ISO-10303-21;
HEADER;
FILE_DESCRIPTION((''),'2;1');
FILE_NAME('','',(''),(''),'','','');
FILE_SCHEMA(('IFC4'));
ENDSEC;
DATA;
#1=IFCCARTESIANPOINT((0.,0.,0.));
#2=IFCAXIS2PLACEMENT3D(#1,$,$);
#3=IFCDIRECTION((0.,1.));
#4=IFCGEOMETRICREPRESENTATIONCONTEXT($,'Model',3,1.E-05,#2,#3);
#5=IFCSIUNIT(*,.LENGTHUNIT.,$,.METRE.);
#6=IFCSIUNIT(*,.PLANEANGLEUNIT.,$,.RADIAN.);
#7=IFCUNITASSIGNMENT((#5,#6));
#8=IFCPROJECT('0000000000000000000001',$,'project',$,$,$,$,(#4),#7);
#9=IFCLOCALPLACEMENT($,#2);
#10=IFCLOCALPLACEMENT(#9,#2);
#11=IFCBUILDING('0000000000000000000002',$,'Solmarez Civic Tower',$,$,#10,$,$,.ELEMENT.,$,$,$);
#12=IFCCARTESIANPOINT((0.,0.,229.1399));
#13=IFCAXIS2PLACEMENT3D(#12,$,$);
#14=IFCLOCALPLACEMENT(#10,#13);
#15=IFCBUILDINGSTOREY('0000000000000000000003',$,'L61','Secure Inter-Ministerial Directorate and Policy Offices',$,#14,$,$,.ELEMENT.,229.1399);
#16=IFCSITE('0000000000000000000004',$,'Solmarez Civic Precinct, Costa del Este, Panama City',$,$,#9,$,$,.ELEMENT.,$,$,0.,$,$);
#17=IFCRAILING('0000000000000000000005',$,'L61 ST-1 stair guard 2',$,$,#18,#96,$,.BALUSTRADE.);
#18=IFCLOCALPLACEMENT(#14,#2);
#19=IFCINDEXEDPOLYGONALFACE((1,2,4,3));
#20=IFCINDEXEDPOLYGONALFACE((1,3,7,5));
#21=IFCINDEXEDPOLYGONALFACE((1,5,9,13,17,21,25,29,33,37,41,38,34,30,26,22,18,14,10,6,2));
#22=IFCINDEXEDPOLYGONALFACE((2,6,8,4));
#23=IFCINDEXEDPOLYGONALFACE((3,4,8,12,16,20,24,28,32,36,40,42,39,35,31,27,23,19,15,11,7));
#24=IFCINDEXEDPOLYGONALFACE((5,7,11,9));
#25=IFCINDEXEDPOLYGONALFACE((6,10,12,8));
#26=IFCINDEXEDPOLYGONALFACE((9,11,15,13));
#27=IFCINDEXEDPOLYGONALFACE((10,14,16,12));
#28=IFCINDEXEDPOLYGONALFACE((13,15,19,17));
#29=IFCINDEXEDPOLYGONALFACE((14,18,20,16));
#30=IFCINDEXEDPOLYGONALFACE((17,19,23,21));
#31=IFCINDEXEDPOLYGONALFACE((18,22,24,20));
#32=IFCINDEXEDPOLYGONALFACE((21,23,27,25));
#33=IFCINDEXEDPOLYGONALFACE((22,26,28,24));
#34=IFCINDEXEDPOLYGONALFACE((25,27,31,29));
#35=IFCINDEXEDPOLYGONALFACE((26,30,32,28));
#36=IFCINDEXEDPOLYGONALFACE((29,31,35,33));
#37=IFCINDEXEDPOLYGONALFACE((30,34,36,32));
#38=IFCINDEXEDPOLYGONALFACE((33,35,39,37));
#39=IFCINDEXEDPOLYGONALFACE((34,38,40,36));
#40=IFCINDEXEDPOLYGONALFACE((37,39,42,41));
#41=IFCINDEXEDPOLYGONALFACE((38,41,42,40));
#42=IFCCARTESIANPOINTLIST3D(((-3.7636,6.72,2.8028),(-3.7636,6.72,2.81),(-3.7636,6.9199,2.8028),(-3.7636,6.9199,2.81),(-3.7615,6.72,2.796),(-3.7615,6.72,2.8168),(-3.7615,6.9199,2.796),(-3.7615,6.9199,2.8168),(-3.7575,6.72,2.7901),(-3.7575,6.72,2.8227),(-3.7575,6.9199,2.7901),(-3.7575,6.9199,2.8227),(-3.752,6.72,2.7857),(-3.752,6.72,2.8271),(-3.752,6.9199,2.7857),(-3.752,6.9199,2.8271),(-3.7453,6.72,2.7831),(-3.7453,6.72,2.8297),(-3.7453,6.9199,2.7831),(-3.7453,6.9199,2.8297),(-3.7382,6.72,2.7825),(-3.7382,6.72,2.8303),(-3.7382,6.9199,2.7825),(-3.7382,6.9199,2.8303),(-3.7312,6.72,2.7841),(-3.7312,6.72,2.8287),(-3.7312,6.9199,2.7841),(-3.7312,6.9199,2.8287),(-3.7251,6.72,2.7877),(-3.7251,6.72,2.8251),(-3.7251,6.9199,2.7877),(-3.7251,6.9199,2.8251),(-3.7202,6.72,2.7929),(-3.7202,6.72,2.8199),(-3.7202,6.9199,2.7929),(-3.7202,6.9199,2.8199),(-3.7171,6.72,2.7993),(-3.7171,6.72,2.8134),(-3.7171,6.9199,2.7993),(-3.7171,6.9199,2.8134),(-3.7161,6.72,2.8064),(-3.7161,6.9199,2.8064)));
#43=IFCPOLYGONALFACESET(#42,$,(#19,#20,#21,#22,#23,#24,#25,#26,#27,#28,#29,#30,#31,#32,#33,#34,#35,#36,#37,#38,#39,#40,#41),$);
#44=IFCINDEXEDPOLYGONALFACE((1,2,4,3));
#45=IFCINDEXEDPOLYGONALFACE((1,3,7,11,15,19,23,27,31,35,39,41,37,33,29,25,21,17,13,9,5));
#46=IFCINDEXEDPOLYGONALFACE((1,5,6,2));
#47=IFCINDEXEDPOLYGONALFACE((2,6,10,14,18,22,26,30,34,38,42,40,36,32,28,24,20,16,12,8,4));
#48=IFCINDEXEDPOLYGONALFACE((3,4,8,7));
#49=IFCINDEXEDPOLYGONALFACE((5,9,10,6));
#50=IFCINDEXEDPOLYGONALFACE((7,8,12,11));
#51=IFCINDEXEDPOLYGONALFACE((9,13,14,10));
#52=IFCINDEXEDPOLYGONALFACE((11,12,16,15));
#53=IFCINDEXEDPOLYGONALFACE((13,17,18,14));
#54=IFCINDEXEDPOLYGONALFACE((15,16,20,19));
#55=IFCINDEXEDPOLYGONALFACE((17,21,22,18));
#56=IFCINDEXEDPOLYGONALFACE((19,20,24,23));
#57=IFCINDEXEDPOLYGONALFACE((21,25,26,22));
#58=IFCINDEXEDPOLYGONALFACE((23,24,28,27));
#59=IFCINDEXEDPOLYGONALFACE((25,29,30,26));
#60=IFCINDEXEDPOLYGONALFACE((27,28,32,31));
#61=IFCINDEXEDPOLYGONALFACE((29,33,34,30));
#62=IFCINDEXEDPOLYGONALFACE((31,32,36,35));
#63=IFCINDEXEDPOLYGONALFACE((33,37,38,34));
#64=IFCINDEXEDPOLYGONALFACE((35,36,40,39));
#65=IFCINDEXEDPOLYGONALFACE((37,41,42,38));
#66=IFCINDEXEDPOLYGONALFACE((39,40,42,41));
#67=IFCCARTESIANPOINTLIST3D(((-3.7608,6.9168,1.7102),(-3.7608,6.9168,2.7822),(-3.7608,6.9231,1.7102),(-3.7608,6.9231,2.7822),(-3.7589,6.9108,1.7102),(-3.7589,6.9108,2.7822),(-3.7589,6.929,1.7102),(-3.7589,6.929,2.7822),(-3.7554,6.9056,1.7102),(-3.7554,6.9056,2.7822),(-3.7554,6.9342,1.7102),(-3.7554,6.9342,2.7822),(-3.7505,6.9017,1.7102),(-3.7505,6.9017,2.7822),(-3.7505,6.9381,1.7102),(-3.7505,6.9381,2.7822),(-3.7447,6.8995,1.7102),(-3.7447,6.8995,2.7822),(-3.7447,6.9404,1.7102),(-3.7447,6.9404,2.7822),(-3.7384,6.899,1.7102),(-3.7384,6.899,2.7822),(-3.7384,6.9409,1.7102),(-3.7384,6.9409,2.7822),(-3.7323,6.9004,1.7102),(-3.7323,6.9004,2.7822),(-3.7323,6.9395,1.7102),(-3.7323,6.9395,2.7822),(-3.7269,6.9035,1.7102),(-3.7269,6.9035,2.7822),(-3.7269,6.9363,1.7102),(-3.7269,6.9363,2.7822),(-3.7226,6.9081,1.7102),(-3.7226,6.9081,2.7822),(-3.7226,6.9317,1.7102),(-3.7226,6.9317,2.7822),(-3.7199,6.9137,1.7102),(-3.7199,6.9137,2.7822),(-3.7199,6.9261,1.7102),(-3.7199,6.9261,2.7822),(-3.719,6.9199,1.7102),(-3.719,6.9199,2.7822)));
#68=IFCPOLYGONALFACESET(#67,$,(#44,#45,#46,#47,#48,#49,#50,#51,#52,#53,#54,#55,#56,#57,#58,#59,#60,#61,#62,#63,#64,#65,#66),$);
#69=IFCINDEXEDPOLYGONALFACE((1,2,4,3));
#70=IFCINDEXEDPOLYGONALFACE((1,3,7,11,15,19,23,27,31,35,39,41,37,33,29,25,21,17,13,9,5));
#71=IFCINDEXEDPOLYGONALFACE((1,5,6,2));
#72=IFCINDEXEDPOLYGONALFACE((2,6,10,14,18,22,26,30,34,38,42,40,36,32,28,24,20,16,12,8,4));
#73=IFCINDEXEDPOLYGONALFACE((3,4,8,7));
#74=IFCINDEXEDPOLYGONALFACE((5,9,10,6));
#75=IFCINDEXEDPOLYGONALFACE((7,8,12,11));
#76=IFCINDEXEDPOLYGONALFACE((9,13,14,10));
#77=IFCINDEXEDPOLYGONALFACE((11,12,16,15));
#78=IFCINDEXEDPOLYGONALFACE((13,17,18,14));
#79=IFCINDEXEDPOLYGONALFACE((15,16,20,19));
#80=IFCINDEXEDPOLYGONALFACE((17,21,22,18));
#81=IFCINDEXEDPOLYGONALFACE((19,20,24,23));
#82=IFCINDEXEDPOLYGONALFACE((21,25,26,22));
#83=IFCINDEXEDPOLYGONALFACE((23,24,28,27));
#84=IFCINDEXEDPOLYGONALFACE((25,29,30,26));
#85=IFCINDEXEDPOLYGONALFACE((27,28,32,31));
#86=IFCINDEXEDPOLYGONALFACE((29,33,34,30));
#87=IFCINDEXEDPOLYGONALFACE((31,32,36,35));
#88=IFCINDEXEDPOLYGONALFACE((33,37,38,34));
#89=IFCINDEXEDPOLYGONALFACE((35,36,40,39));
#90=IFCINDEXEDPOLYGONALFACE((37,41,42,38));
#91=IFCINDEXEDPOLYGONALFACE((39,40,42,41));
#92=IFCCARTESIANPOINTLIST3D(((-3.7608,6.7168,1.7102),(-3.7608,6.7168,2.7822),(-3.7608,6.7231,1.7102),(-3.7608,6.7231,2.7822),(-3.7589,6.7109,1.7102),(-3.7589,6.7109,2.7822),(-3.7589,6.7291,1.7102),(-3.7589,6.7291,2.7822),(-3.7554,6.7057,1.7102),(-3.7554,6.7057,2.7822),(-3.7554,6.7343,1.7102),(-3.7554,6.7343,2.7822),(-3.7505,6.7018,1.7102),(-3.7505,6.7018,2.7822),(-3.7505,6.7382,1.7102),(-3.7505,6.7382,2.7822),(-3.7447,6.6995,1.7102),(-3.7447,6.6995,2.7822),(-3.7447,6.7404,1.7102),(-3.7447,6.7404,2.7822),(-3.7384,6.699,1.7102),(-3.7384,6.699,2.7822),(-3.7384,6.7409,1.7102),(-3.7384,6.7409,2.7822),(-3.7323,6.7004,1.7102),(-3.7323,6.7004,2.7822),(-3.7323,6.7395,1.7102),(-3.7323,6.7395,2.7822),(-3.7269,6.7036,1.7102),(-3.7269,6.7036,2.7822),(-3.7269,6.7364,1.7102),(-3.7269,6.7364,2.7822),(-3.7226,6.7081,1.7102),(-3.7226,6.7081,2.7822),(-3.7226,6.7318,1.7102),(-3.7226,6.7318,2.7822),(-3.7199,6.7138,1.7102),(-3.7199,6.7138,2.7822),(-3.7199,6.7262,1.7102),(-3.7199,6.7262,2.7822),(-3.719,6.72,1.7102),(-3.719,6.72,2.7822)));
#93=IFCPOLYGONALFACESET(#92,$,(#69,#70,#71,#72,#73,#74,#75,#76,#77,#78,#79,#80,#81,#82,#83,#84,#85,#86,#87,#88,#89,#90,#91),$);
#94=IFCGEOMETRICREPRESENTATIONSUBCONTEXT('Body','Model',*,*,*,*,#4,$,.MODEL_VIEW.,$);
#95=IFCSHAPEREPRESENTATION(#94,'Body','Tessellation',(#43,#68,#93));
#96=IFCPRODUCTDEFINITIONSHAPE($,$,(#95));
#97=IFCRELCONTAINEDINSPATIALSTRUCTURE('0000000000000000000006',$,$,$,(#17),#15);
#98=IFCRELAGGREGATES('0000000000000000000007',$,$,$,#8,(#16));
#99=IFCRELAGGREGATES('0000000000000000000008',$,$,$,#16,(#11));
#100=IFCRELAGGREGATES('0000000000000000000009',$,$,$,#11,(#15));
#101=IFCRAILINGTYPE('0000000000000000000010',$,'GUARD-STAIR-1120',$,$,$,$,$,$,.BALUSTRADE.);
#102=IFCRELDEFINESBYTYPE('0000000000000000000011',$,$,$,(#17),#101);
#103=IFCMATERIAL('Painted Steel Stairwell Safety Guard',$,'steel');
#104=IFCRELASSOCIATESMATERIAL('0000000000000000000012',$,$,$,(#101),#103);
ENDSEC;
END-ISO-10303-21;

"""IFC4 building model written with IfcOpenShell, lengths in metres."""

from ifc_helpers import new_model, si_unit, direction, frame, origin, origin_2d, place, context, subcontext, project, spatial, circle, extrude, material, type_object, element, save


model = new_model("IFC4")

# Units and contexts
model_context = context("Model", 3, precision=1e-05, world=origin(), true_north=direction((0.0, 1.0)))
body_context = subcontext(model_context, "Body", "Model", "MODEL_VIEW")
ifc_project = project(units=[si_unit("LENGTHUNIT", "METRE"), si_unit("PLANEANGLEUNIT", "RADIAN")], contexts=[model_context])

# Site, building, storey
site_placement = place(None, origin())
site = spatial("IfcSite", under=ifc_project, at=site_placement, Name="Solmarez Civic Precinct, Costa del Este, Panama City", CompositionType="ELEMENT", RefElevation=0.0)
building_placement = place(site_placement, origin())
building = spatial("IfcBuilding", under=site, at=building_placement, Name="Solmarez Civic Tower", CompositionType="ELEMENT")
storey_placement = place(building_placement, frame((0.0, 0.0, 229.1399)))
storey = spatial("IfcBuildingStorey", under=building, at=storey_placement, Name="L61", Description="Secure Inter-Ministerial Directorate and Policy Offices", CompositionType="ELEMENT", Elevation=229.1399)

# Railing
ifc_material_1 = material(Name="Painted Steel Stairwell Safety Guard", Category="steel")
railing_type_1 = type_object("IfcRailingType", Name="GUARD-STAIR-1120", PredefinedType="BALUSTRADE", material=ifc_material_1)
railing_1_placement = place(storey_placement, frame((-3.74, 6.9199, 1.7102)))
element("IfcRailing", 1, at=railing_1_placement, inside=storey, type_object=railing_type_1, Name="L61 ST-1 stair guard 2", PredefinedType="BALUSTRADE", context=body_context, shape_type="SweptSolid", body=[
    extrude(circle(Radius=0.0239, at=origin_2d()), frame((0.0, 0.0, 1.0962), z_axis=(0.0, -1.0, 0.0), x_axis=(1.0, 0.0, 0.0)), (0.0, 0.0, 1.0), 0.2),
    extrude(circle(Radius=0.021, at=origin_2d()), origin(), (0.0, 0.0, 1.0), 1.072),
    extrude(circle(Radius=0.021, at=origin_2d()), frame((0.0, -0.2, 0.0)), (0.0, 0.0, 1.0), 1.072),
])

save(model, "model.ifc")
